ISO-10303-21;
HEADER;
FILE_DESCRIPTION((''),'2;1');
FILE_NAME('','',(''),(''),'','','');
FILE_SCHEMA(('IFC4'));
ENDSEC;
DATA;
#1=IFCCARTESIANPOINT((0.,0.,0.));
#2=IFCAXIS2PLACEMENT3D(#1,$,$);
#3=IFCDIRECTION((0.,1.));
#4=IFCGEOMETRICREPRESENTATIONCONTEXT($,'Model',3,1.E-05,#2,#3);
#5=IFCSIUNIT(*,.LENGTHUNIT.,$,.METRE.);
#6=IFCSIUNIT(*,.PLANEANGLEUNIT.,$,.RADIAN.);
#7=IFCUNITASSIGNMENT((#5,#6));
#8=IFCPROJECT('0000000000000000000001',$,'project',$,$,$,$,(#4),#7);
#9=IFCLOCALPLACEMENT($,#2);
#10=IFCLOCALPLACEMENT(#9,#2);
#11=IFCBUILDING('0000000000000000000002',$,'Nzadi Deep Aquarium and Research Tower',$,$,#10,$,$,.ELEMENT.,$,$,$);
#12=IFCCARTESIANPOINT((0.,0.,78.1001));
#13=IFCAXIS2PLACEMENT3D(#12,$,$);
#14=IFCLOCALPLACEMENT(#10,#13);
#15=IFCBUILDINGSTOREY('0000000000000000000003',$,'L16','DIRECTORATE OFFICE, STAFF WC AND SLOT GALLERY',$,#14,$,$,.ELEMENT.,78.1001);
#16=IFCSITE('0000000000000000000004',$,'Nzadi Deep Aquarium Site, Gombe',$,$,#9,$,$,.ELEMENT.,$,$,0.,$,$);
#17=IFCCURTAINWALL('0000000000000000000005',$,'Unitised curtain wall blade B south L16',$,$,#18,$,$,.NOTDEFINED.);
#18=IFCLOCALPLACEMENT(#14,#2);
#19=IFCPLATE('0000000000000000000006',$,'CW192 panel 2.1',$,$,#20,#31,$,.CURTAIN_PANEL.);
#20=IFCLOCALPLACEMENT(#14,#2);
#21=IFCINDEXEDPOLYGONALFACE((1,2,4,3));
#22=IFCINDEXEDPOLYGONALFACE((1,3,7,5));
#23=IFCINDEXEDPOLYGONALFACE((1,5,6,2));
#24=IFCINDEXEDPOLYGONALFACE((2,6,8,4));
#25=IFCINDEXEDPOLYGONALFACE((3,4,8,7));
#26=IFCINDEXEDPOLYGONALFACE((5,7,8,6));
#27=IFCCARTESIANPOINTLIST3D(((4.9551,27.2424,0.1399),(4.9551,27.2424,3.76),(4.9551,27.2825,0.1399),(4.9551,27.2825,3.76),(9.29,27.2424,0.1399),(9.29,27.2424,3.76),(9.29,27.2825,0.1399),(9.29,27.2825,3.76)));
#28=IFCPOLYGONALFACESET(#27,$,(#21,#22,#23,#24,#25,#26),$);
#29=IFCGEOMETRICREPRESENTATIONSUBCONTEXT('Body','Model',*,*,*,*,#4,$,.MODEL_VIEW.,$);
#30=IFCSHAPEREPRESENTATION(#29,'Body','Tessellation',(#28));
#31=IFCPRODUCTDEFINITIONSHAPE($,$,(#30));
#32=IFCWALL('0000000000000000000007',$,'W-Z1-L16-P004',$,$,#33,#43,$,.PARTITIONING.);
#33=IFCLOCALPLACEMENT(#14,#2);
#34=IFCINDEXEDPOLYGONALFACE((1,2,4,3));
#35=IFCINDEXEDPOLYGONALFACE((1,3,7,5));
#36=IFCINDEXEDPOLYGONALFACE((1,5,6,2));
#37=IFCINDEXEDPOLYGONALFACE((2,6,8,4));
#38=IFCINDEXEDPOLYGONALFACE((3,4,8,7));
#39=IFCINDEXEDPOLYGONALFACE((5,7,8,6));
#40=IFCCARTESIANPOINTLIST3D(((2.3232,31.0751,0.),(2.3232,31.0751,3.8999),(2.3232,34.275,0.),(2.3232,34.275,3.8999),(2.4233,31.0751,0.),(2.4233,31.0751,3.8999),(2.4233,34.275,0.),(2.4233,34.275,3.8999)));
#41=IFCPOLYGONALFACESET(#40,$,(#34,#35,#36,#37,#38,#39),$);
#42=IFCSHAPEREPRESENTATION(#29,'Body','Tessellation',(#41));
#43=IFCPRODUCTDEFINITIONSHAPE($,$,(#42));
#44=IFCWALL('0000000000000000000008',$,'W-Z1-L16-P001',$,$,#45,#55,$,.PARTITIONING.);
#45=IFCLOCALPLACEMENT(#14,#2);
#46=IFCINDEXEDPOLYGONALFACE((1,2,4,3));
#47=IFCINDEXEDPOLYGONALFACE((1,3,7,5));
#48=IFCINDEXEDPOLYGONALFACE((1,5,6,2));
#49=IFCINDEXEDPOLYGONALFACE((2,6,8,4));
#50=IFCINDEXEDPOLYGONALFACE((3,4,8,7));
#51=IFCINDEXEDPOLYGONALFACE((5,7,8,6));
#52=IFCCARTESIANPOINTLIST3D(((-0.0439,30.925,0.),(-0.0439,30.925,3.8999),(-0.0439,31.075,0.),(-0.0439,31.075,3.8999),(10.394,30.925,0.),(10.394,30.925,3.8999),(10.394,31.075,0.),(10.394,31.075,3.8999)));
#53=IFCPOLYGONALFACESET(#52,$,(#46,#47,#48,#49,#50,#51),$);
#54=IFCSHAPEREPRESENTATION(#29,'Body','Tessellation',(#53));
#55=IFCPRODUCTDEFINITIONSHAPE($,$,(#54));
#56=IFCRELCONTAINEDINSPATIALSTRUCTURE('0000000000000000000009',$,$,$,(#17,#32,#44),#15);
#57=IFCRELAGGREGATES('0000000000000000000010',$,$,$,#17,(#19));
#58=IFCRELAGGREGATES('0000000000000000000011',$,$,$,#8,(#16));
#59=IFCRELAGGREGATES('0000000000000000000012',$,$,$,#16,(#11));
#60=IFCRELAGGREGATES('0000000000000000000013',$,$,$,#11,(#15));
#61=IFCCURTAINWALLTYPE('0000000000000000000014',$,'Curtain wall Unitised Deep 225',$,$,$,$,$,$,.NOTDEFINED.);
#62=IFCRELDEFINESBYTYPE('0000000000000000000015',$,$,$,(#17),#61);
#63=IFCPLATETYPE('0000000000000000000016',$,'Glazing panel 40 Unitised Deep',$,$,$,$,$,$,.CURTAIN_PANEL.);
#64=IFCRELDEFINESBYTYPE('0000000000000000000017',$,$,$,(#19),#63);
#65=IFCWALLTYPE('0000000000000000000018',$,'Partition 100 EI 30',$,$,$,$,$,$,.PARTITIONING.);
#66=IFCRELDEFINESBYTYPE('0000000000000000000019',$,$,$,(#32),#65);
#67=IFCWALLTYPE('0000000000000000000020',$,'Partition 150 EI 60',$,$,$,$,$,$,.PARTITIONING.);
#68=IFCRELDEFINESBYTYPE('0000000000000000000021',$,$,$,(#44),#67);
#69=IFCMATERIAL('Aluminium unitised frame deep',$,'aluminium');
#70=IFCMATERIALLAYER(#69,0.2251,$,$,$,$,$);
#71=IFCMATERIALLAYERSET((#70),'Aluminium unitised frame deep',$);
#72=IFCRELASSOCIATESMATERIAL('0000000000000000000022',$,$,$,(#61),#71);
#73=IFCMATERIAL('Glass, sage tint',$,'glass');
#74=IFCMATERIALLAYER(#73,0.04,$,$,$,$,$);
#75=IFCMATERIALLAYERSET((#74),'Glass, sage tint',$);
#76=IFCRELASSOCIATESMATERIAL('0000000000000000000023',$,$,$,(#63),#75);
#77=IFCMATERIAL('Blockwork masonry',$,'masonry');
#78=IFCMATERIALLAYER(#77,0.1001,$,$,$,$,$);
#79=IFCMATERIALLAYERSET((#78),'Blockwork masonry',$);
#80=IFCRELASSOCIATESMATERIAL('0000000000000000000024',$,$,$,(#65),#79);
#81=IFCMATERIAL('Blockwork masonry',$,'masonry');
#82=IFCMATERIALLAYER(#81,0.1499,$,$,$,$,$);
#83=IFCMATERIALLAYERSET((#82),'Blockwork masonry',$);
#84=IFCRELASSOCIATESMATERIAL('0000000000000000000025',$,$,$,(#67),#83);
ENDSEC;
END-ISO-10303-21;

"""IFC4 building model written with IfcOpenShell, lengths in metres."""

from ifc_helpers import new_model, si_unit, direction, frame, frame_2d, origin, origin_2d, place, context, subcontext, project, spatial, rectangle, extrude, material, layer, layer_set, type_object, element, aggregate, save


model = new_model("IFC4")

# Units and contexts
model_context = context("Model", 3, precision=1e-05, world=origin(), true_north=direction((0.0, 1.0)))
body_context = subcontext(model_context, "Body", "Model", "MODEL_VIEW")
ifc_project = project(units=[si_unit("LENGTHUNIT", "METRE"), si_unit("PLANEANGLEUNIT", "RADIAN")], contexts=[model_context])

# Site, building, storey
site_placement = place(None, origin())
site = spatial("IfcSite", under=ifc_project, at=site_placement, Name="Nzadi Deep Aquarium Site, Gombe", CompositionType="ELEMENT", RefElevation=0.0)
building_placement = place(site_placement, origin())
building = spatial("IfcBuilding", under=site, at=building_placement, Name="Nzadi Deep Aquarium and Research Tower", CompositionType="ELEMENT")
storey_placement = place(building_placement, frame((0.0, 0.0, 78.1001)))
storey = spatial("IfcBuildingStorey", under=building, at=storey_placement, Name="L16", Description="DIRECTORATE OFFICE, STAFF WC AND SLOT GALLERY", CompositionType="ELEMENT", Elevation=78.1001)

# Curtain wall
ifc_material_1 = material(Name="Aluminium unitised frame deep", Category="aluminium")
ifc_layer_1 = layer(ifc_material_1, 0.2251)
ifc_layer_set_1 = layer_set([ifc_layer_1], Name="Aluminium unitised frame deep")
curtain_wall_type = type_object("IfcCurtainWallType", Name="Curtain wall Unitised Deep 225", PredefinedType="NOTDEFINED", material=ifc_layer_set_1)
curtain_wall_placement = place(storey_placement, origin())
curtain_wall = element("IfcCurtainWall", 1, at=curtain_wall_placement, inside=storey, type_object=curtain_wall_type, Name="Unitised curtain wall blade B south L16", PredefinedType="NOTDEFINED")

# Plate
ifc_material_2 = material(Name="Glass, sage tint", Category="glass")
ifc_layer_2 = layer(ifc_material_2, 0.04)
ifc_layer_set_2 = layer_set([ifc_layer_2], Name="Glass, sage tint")
plate_type = type_object("IfcPlateType", Name="Glazing panel 40 Unitised Deep", PredefinedType="CURTAIN_PANEL", material=ifc_layer_set_2)
plate_1_placement = place(storey_placement, frame((7.1226, 27.2625, 0.1399), z_axis=(0.0, 0.0, 1.0), x_axis=(1.0, 0.0, 0.0)))
plate_1 = element("IfcPlate", 2, at=plate_1_placement, type_object=plate_type, Name="CW192 panel 2.1", PredefinedType="CURTAIN_PANEL", context=body_context, shape_type="SweptSolid", body=[
    extrude(rectangle(XDim=4.335, YDim=0.04, at=origin_2d()), origin(), (0.0, 0.0, 1.0), 3.6201),
])
aggregate(curtain_wall, [plate_1])

# Walls
ifc_material_3 = material(Name="Blockwork masonry", Category="masonry")
ifc_layer_3 = layer(ifc_material_3, 0.1001)
ifc_layer_set_3 = layer_set([ifc_layer_3], Name="Blockwork masonry")
wall_type_1 = type_object("IfcWallType", Name="Partition 100 EI 30", PredefinedType="PARTITIONING", material=ifc_layer_set_3)
wall_1_placement = place(storey_placement, frame((2.3733, 31.075, 0.0), z_axis=(0.0, 0.0, 1.0), x_axis=(0.0, 1.0, 0.0)))
element("IfcWall", 3, at=wall_1_placement, inside=storey, type_object=wall_type_1, Name="W-Z1-L16-P004", PredefinedType="PARTITIONING", context=body_context, shape_type="SweptSolid", body=[
    extrude(rectangle(XDim=3.2, YDim=0.1001, at=frame_2d((1.6001, 0.0))), origin(), (0.0, 0.0, 1.0), 3.8999),
])
ifc_material_4 = material(Name="Blockwork masonry", Category="masonry")
ifc_layer_4 = layer(ifc_material_4, 0.1499)
ifc_layer_set_4 = layer_set([ifc_layer_4], Name="Blockwork masonry")
wall_type_2 = type_object("IfcWallType", Name="Partition 150 EI 60", PredefinedType="PARTITIONING", material=ifc_layer_set_4)
wall_2_placement = place(storey_placement, frame((-0.0439, 31.0, 0.0), z_axis=(0.0, 0.0, 1.0), x_axis=(1.0, 0.0, 0.0)))
element("IfcWall", 4, at=wall_2_placement, inside=storey, type_object=wall_type_2, Name="W-Z1-L16-P001", PredefinedType="PARTITIONING", context=body_context, shape_type="SweptSolid", body=[
    extrude(rectangle(XDim=10.438, YDim=0.1499, at=frame_2d((5.219, 0.0))), origin(), (0.0, 0.0, 1.0), 3.8999),
])

save(model, "model.ifc")
